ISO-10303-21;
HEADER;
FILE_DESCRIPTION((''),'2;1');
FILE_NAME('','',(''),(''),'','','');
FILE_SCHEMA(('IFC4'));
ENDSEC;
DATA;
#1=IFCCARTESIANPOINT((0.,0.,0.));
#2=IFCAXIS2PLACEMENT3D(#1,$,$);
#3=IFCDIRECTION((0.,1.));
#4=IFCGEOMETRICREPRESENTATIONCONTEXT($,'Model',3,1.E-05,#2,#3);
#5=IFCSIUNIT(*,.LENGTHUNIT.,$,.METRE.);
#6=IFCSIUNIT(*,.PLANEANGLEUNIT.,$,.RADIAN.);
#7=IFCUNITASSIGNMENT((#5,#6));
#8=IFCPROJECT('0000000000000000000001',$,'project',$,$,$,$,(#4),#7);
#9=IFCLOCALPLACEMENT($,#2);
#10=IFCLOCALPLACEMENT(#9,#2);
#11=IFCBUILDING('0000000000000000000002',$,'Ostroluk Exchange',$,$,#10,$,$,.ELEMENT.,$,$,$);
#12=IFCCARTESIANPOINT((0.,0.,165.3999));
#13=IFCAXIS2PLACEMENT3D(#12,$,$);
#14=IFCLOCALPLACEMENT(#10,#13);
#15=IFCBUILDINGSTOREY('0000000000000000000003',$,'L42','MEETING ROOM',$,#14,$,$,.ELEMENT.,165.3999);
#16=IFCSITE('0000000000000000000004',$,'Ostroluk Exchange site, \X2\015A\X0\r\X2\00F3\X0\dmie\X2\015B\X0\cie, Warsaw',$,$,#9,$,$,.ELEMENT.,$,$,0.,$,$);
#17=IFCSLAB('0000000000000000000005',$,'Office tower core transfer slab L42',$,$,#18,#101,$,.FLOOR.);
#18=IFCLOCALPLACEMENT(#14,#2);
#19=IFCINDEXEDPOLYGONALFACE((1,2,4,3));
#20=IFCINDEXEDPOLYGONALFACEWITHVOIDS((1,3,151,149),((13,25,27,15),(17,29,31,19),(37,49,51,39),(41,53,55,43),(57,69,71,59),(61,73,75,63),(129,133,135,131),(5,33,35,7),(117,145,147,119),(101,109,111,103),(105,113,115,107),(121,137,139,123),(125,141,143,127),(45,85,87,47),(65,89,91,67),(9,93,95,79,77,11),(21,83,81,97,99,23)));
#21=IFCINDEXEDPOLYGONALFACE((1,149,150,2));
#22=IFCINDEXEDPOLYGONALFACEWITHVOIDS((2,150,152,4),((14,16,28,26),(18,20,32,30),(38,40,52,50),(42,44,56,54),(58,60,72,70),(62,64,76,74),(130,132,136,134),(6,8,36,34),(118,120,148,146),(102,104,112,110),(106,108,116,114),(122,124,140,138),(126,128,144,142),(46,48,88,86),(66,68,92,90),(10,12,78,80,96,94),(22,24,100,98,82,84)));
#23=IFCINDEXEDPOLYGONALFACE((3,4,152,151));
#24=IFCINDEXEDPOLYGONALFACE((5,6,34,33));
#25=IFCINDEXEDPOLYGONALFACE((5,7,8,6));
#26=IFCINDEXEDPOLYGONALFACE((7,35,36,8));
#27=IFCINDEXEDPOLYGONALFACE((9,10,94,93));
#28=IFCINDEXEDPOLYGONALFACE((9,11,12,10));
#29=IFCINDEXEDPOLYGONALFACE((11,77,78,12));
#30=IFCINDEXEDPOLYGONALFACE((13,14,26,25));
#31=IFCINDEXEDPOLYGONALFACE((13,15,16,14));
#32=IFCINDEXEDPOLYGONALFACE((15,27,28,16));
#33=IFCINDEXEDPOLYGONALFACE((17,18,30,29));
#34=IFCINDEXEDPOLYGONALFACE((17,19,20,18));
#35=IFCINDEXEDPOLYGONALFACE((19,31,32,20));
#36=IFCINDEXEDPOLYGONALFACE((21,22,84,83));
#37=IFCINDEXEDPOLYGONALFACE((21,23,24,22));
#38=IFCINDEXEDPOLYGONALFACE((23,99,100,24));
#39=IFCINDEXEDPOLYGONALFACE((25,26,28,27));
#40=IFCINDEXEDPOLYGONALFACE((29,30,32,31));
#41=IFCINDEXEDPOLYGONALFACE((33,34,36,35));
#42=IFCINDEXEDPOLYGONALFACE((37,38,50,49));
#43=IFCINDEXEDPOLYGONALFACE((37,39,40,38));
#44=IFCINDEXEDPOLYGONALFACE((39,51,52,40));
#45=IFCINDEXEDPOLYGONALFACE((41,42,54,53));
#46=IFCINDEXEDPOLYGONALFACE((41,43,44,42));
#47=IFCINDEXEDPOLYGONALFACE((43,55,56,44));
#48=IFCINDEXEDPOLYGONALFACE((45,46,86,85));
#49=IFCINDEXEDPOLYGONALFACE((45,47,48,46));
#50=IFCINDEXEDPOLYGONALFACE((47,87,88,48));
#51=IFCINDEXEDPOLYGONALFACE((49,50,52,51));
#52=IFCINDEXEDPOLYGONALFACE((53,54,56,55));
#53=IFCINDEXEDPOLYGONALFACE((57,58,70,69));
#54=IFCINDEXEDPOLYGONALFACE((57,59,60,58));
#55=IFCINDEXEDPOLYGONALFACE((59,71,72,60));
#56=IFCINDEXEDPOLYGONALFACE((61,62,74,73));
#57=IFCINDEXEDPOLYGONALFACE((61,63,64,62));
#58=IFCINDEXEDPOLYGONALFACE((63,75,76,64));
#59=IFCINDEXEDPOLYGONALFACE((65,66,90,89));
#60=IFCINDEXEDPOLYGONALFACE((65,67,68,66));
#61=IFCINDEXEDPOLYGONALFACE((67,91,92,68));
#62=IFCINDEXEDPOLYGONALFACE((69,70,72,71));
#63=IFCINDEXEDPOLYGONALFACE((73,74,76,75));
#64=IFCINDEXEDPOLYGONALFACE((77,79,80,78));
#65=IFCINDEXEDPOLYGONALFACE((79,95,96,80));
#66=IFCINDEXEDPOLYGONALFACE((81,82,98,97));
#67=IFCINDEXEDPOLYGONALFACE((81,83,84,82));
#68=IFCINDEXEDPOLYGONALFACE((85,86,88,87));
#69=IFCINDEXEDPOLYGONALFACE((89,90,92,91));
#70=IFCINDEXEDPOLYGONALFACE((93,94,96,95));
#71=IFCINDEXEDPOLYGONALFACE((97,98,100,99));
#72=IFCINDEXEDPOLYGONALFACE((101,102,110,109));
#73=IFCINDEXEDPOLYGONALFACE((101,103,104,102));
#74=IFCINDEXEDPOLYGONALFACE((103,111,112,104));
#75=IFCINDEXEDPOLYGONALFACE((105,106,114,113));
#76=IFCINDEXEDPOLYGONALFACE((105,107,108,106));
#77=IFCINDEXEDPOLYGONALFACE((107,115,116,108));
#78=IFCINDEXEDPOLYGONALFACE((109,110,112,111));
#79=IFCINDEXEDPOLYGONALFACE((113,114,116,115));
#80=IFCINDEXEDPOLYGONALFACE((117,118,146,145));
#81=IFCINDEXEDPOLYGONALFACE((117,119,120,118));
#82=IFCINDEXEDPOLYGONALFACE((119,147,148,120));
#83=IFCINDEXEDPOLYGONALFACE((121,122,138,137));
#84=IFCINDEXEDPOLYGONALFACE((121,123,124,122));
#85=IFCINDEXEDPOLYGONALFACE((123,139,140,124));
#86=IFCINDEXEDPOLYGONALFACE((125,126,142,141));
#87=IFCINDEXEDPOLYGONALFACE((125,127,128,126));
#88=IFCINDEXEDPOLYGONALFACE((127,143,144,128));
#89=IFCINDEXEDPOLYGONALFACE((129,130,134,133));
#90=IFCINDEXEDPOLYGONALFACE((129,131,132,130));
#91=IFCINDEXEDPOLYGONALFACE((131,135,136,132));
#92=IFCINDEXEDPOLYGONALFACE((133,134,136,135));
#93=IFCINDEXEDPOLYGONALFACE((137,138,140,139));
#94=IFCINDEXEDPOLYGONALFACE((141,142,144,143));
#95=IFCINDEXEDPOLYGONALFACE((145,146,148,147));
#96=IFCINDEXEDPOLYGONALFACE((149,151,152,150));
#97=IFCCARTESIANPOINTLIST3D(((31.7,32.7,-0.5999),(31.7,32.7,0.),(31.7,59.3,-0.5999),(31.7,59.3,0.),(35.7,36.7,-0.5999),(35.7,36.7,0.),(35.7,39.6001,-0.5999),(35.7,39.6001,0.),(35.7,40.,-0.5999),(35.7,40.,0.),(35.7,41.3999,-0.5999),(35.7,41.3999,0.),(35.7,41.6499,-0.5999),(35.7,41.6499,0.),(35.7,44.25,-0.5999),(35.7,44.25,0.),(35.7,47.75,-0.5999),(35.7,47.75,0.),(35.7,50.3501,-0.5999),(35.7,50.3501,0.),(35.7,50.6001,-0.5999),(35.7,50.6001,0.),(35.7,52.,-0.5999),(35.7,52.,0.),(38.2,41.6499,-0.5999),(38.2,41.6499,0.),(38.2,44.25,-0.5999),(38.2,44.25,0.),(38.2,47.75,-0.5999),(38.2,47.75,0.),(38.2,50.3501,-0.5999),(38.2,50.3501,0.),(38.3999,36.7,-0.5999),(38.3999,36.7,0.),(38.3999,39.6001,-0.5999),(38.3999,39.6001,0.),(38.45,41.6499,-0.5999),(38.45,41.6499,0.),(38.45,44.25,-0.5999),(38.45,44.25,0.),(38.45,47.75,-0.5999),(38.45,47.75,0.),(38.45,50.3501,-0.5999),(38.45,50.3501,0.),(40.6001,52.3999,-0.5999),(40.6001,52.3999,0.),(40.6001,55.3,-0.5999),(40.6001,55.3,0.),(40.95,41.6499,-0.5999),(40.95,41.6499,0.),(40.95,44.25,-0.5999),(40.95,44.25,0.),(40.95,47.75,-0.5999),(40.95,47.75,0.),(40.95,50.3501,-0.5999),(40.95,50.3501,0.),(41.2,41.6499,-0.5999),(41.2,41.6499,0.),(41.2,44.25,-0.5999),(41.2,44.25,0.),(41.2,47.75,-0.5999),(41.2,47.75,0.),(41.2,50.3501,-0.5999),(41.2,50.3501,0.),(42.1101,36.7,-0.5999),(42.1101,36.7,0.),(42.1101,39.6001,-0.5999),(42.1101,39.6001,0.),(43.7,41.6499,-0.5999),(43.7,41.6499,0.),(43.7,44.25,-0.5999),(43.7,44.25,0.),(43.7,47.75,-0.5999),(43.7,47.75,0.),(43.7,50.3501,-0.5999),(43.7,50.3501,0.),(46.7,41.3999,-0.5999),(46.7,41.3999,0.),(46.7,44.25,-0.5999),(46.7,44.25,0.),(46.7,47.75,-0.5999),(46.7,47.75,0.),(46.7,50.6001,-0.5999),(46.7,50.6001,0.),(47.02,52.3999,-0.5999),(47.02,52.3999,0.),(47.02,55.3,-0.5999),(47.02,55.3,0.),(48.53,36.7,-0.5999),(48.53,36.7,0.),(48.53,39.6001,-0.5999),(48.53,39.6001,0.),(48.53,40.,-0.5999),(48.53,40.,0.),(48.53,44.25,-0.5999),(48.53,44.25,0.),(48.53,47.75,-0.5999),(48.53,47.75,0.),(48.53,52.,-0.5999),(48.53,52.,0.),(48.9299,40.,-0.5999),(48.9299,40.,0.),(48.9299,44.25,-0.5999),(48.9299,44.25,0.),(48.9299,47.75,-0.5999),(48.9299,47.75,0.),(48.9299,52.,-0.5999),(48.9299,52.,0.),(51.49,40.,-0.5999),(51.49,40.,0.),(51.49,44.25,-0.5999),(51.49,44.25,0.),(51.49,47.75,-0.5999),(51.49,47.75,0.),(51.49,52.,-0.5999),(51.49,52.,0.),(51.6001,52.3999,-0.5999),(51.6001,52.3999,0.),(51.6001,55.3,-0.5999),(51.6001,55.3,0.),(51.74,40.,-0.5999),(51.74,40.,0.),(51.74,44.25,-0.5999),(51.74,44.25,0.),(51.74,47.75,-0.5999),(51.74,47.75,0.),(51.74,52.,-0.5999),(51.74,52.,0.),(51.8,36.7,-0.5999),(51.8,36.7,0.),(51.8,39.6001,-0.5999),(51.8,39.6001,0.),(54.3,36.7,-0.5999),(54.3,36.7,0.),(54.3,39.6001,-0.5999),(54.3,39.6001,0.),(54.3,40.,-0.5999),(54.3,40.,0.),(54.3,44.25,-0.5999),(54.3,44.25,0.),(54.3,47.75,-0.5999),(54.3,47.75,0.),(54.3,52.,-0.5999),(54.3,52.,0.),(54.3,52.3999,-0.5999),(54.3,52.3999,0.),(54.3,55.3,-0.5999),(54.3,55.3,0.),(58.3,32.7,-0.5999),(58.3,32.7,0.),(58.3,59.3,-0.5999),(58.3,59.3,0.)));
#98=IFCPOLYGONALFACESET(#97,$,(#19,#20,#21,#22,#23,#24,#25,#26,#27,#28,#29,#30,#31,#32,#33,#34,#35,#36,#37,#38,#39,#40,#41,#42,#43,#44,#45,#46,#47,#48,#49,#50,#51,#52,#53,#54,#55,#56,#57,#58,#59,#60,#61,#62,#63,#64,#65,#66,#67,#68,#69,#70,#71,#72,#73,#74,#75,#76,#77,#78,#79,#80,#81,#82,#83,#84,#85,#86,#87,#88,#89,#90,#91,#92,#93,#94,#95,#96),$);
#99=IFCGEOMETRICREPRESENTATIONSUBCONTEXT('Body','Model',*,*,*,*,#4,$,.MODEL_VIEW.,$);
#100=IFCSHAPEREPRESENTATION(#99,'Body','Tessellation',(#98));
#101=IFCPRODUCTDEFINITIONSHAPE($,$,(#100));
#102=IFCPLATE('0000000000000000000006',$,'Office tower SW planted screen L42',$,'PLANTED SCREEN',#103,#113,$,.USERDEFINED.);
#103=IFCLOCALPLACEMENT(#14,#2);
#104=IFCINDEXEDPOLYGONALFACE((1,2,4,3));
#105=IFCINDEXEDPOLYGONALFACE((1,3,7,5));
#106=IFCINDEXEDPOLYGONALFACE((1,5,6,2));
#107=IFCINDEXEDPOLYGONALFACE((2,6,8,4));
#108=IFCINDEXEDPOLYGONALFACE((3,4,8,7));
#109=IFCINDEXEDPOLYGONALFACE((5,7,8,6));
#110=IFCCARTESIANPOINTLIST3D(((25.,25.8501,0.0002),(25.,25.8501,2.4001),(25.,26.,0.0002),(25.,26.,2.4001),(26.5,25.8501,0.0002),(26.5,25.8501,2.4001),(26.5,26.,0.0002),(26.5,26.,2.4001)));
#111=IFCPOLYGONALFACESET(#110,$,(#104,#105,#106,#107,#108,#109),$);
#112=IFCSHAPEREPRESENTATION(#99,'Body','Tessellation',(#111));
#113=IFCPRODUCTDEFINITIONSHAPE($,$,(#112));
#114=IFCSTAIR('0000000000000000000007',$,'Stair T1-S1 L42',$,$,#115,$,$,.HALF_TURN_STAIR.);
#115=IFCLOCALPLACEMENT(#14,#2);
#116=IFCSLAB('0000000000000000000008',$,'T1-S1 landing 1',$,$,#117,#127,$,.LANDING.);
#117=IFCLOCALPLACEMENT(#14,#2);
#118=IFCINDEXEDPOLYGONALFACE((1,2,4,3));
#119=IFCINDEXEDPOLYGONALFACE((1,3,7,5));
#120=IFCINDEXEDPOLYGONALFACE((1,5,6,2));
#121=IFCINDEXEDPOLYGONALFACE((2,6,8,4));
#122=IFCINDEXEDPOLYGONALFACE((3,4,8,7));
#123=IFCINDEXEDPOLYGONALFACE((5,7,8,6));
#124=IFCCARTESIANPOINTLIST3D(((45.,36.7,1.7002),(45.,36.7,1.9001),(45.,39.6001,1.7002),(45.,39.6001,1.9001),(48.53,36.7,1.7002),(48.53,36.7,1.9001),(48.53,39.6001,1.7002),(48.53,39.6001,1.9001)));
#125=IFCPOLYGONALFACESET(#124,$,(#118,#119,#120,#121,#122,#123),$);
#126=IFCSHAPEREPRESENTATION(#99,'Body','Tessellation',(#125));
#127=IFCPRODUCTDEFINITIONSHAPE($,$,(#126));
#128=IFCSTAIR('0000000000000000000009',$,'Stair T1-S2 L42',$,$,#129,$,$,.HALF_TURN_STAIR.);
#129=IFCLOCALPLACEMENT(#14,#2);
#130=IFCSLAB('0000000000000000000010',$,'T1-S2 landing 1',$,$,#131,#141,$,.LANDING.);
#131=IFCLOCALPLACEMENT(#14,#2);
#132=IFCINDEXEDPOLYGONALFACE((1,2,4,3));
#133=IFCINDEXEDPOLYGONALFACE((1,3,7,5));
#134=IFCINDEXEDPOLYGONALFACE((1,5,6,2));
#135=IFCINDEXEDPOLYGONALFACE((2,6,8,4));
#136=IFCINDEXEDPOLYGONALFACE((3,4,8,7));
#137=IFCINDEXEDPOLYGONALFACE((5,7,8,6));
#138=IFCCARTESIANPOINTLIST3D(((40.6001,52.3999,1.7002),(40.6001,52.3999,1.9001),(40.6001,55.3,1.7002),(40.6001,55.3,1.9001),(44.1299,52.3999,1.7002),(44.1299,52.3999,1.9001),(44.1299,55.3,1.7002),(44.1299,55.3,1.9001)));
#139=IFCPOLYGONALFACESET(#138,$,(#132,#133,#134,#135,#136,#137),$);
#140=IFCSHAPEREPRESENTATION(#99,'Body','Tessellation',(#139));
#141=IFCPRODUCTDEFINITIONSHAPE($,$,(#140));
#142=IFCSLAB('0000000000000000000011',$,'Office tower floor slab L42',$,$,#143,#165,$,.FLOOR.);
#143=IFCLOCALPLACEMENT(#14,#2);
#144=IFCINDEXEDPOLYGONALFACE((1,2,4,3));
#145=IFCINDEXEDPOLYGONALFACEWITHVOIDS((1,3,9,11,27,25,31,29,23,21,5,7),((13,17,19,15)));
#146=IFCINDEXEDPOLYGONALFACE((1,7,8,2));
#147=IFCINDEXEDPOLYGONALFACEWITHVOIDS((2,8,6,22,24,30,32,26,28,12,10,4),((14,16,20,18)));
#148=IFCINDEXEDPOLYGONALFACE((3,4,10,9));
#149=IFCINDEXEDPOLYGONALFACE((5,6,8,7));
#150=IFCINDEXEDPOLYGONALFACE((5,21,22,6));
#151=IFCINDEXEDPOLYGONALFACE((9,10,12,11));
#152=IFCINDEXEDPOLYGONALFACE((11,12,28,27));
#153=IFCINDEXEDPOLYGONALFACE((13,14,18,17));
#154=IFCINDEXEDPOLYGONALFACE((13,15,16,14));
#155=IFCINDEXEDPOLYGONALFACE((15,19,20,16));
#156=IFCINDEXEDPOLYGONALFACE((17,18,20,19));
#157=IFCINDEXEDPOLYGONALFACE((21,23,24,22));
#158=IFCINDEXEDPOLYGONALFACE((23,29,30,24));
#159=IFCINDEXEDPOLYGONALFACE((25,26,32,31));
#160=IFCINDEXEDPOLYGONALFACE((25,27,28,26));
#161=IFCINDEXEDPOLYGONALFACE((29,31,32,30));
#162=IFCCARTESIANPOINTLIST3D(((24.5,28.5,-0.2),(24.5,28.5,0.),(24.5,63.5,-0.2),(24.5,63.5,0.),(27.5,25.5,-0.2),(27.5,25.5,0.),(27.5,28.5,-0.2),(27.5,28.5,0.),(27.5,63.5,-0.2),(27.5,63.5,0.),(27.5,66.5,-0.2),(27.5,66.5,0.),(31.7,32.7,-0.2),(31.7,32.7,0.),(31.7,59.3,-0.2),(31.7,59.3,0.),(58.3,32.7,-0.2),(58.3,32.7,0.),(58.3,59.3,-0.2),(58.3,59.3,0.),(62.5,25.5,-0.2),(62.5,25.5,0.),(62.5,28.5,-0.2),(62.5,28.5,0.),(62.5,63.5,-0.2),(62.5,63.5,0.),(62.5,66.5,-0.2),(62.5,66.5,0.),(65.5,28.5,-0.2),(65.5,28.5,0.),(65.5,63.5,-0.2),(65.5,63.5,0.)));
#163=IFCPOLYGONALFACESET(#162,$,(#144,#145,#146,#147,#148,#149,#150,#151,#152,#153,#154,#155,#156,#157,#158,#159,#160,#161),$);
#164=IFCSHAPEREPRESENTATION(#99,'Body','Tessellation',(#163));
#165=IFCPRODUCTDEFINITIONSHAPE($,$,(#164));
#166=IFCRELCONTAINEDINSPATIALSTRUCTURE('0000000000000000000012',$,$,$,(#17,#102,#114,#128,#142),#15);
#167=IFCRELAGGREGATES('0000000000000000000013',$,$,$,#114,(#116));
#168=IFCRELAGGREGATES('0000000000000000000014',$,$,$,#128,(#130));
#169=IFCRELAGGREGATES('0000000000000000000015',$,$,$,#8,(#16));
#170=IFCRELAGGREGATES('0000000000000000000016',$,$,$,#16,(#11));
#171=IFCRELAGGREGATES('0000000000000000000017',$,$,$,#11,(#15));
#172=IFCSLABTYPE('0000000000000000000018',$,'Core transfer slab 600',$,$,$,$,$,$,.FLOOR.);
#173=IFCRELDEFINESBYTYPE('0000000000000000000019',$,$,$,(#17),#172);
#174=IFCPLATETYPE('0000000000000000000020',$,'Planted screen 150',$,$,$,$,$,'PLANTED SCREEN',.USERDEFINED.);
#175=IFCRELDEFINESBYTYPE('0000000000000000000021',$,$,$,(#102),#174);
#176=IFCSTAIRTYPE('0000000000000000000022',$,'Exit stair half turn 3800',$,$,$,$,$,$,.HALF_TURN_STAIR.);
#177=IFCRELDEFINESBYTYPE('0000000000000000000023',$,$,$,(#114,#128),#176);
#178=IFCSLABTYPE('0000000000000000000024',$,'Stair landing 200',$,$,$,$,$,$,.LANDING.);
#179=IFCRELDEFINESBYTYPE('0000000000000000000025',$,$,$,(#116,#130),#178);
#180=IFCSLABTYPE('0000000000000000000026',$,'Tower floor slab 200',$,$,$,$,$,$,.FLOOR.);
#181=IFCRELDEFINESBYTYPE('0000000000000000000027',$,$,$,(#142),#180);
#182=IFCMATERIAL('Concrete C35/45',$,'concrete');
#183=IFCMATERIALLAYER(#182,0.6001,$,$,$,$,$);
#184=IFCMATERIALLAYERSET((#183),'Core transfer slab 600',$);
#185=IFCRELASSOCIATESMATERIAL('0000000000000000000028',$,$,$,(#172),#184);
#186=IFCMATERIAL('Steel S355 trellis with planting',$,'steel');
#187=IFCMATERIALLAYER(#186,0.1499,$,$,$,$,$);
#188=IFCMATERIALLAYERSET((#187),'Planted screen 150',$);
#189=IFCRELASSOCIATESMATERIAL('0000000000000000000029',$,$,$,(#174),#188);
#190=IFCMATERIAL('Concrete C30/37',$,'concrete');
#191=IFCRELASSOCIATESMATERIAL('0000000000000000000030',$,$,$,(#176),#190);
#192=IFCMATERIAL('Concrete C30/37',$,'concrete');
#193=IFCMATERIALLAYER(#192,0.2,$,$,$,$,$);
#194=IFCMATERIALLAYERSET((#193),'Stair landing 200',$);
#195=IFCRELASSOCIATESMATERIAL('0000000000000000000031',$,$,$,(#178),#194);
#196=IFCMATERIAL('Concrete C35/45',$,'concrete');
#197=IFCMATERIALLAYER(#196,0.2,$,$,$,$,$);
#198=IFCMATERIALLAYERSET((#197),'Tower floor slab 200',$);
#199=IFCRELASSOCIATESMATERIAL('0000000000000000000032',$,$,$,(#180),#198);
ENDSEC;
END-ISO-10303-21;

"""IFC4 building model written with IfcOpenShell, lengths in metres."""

from ifc_helpers import new_model, si_unit, direction, frame, origin, origin_2d, place, context, subcontext, project, spatial, polyline, rectangle, outline, extrude, material, layer, layer_set, type_object, element, aggregate, save


model = new_model("IFC4")

# Units and contexts
model_context = context("Model", 3, precision=1e-05, world=origin(), true_north=direction((0.0, 1.0)))
body_context = subcontext(model_context, "Body", "Model", "MODEL_VIEW")
ifc_project = project(units=[si_unit("LENGTHUNIT", "METRE"), si_unit("PLANEANGLEUNIT", "RADIAN")], contexts=[model_context])

# Site, building, storey
site_placement = place(None, origin())
site = spatial("IfcSite", under=ifc_project, at=site_placement, Name="Ostroluk Exchange site, Śródmieście, Warsaw", CompositionType="ELEMENT", RefElevation=0.0)
building_placement = place(site_placement, origin())
building = spatial("IfcBuilding", under=site, at=building_placement, Name="Ostroluk Exchange", CompositionType="ELEMENT")
storey_placement = place(building_placement, frame((0.0, 0.0, 165.3999)))
storey = spatial("IfcBuildingStorey", under=building, at=storey_placement, Name="L42", Description="MEETING ROOM", CompositionType="ELEMENT", Elevation=165.3999)

# Slab
ifc_material_1 = material(Name="Concrete C35/45", Category="concrete")
ifc_layer_1 = layer(ifc_material_1, 0.6001)
ifc_layer_set_1 = layer_set([ifc_layer_1], Name="Core transfer slab 600")
slab_type_1 = type_object("IfcSlabType", Name="Core transfer slab 600", PredefinedType="FLOOR", material=ifc_layer_set_1)
slab_1_placement = place(storey_placement, frame((0.0, 0.0, -0.5999)))
element("IfcSlab", 1, at=slab_1_placement, inside=storey, type_object=slab_type_1, Name="Office tower core transfer slab L42", PredefinedType="FLOOR", context=body_context, shape_type="SweptSolid", body=[
    extrude(outline(polyline([(31.7, 32.7), (58.3, 32.7), (58.3, 59.3), (31.7, 59.3), (31.7, 32.7)]), holes=[polyline([(35.7, 36.7), (38.3999, 36.7), (38.3999, 39.6001), (35.7, 39.6001), (35.7, 36.7)]), polyline([(42.1101, 36.7), (48.53, 36.7), (48.53, 39.6001), (42.1101, 39.6001), (42.1101, 36.7)]), polyline([(51.8, 36.7), (54.3, 36.7), (54.3, 39.6001), (51.8, 39.6001), (51.8, 36.7)]), polyline([(40.6001, 52.3999), (47.02, 52.3999), (47.02, 55.3), (40.6001, 55.3), (40.6001, 52.3999)]), polyline([(51.6001, 52.3999), (54.3, 52.3999), (54.3, 55.3), (51.6001, 55.3), (51.6001, 52.3999)]), polyline([(35.7, 47.75), (38.2, 47.75), (38.2, 50.3501), (35.7, 50.3501), (35.7, 47.75)]), polyline([(38.45, 47.75), (40.95, 47.75), (40.95, 50.3501), (38.45, 50.3501), (38.45, 47.75)]), polyline([(41.2, 47.75), (43.7, 47.75), (43.7, 50.3501), (41.2, 50.3501), (41.2, 47.75)]), polyline([(35.7, 41.6499), (38.2, 41.6499), (38.2, 44.25), (35.7, 44.25), (35.7, 41.6499)]), polyline([(38.45, 41.6499), (40.95, 41.6499), (40.95, 44.25), (38.45, 44.25), (38.45, 41.6499)]), polyline([(41.2, 41.6499), (43.7, 41.6499), (43.7, 44.25), (41.2, 44.25), (41.2, 41.6499)]), polyline([(48.9299, 47.75), (51.49, 47.75), (51.49, 52.0), (48.9299, 52.0), (48.9299, 47.75)]), polyline([(51.74, 47.75), (54.3, 47.75), (54.3, 52.0), (51.74, 52.0), (51.74, 47.75)]), polyline([(48.9299, 40.0), (51.49, 40.0), (51.49, 44.25), (48.9299, 44.25), (48.9299, 40.0)]), polyline([(51.74, 40.0), (54.3, 40.0), (54.3, 44.25), (51.74, 44.25), (51.74, 40.0)]), polyline([(48.53, 52.0), (48.53, 47.75), (46.7, 47.75), (46.7, 50.6001), (35.7, 50.6001), (35.7, 52.0), (48.53, 52.0)]), polyline([(35.7, 40.0), (35.7, 41.3999), (46.7, 41.3999), (46.7, 44.25), (48.53, 44.25), (48.53, 40.0), (35.7, 40.0)])]), origin(), (0.0, 0.0, 1.0), 0.5999),
])

# Plate
ifc_material_2 = material(Name="Steel S355 trellis with planting", Category="steel")
ifc_layer_2 = layer(ifc_material_2, 0.1499)
ifc_layer_set_2 = layer_set([ifc_layer_2], Name="Planted screen 150")
plate_type = type_object("IfcPlateType", Name="Planted screen 150", ElementType="PLANTED SCREEN", PredefinedType="USERDEFINED", material=ifc_layer_set_2)
plate_placement = place(storey_placement, frame((25.75, 25.925, 0.0002), z_axis=(0.0, 0.0, 1.0), x_axis=(1.0, 0.0, 0.0)))
element("IfcPlate", 2, at=plate_placement, inside=storey, type_object=plate_type, Name="Office tower SW planted screen L42", ObjectType="PLANTED SCREEN", PredefinedType="USERDEFINED", context=body_context, shape_type="SweptSolid", body=[
    extrude(rectangle(XDim=1.5, YDim=0.1499, at=origin_2d()), origin(), (0.0, 0.0, 1.0), 2.3999),
])

# Stairs, slabs
ifc_material_3 = material(Name="Concrete C30/37", Category="concrete")
stair_type = type_object("IfcStairType", Name="Exit stair half turn 3800", PredefinedType="HALF_TURN_STAIR", material=ifc_material_3)
stair_1_placement = place(storey_placement, origin())
stair_1 = element("IfcStair", 3, at=stair_1_placement, inside=storey, type_object=stair_type, Name="Stair T1-S1 L42", PredefinedType="HALF_TURN_STAIR")
ifc_material_4 = material(Name="Concrete C30/37", Category="concrete")
ifc_layer_3 = layer(ifc_material_4, 0.2)
ifc_layer_set_3 = layer_set([ifc_layer_3], Name="Stair landing 200")
slab_type_2 = type_object("IfcSlabType", Name="Stair landing 200", PredefinedType="LANDING", material=ifc_layer_set_3)
slab_2_placement = place(storey_placement, frame((0.0, 0.0, 1.7002)))
slab_2 = element("IfcSlab", 4, at=slab_2_placement, type_object=slab_type_2, Name="T1-S1 landing 1", PredefinedType="LANDING", context=body_context, shape_type="SweptSolid", body=[
    extrude(outline(polyline([(45.0, 36.7), (45.0, 39.6001), (48.53, 39.6001), (48.53, 36.7), (45.0, 36.7)])), origin(), (0.0, 0.0, 1.0), 0.2),
])
aggregate(stair_1, [slab_2])
stair_2_placement = place(storey_placement, origin())
stair_2 = element("IfcStair", 5, at=stair_2_placement, inside=storey, type_object=stair_type, Name="Stair T1-S2 L42", PredefinedType="HALF_TURN_STAIR")
slab_3_placement = place(storey_placement, frame((0.0, 0.0, 1.7002)))
slab_3 = element("IfcSlab", 6, at=slab_3_placement, type_object=slab_type_2, Name="T1-S2 landing 1", PredefinedType="LANDING", context=body_context, shape_type="SweptSolid", body=[
    extrude(outline(polyline([(44.1299, 52.3999), (44.1299, 55.3), (40.6001, 55.3), (40.6001, 52.3999), (44.1299, 52.3999)])), origin(), (0.0, 0.0, 1.0), 0.2),
])
aggregate(stair_2, [slab_3])

# Slab
ifc_material_5 = material(Name="Concrete C35/45", Category="concrete")
ifc_layer_4 = layer(ifc_material_5, 0.2)
ifc_layer_set_4 = layer_set([ifc_layer_4], Name="Tower floor slab 200")
slab_type_3 = type_object("IfcSlabType", Name="Tower floor slab 200", PredefinedType="FLOOR", material=ifc_layer_set_4)
slab_4_placement = place(storey_placement, frame((0.0, 0.0, -0.2)))
element("IfcSlab", 7, at=slab_4_placement, inside=storey, type_object=slab_type_3, Name="Office tower floor slab L42", PredefinedType="FLOOR", context=body_context, shape_type="SweptSolid", body=[
    extrude(outline(polyline([(27.5, 25.5), (62.5, 25.5), (62.5, 28.5), (65.5, 28.5), (65.5, 63.5), (62.5, 63.5), (62.5, 66.5), (27.5, 66.5), (27.5, 63.5), (24.5, 63.5), (24.5, 28.5), (27.5, 28.5), (27.5, 25.5)]), holes=[polyline([(31.7, 32.7), (58.3, 32.7), (58.3, 59.3), (31.7, 59.3), (31.7, 32.7)])]), origin(), (0.0, 0.0, 1.0), 0.2),
])

save(model, "model.ifc")
